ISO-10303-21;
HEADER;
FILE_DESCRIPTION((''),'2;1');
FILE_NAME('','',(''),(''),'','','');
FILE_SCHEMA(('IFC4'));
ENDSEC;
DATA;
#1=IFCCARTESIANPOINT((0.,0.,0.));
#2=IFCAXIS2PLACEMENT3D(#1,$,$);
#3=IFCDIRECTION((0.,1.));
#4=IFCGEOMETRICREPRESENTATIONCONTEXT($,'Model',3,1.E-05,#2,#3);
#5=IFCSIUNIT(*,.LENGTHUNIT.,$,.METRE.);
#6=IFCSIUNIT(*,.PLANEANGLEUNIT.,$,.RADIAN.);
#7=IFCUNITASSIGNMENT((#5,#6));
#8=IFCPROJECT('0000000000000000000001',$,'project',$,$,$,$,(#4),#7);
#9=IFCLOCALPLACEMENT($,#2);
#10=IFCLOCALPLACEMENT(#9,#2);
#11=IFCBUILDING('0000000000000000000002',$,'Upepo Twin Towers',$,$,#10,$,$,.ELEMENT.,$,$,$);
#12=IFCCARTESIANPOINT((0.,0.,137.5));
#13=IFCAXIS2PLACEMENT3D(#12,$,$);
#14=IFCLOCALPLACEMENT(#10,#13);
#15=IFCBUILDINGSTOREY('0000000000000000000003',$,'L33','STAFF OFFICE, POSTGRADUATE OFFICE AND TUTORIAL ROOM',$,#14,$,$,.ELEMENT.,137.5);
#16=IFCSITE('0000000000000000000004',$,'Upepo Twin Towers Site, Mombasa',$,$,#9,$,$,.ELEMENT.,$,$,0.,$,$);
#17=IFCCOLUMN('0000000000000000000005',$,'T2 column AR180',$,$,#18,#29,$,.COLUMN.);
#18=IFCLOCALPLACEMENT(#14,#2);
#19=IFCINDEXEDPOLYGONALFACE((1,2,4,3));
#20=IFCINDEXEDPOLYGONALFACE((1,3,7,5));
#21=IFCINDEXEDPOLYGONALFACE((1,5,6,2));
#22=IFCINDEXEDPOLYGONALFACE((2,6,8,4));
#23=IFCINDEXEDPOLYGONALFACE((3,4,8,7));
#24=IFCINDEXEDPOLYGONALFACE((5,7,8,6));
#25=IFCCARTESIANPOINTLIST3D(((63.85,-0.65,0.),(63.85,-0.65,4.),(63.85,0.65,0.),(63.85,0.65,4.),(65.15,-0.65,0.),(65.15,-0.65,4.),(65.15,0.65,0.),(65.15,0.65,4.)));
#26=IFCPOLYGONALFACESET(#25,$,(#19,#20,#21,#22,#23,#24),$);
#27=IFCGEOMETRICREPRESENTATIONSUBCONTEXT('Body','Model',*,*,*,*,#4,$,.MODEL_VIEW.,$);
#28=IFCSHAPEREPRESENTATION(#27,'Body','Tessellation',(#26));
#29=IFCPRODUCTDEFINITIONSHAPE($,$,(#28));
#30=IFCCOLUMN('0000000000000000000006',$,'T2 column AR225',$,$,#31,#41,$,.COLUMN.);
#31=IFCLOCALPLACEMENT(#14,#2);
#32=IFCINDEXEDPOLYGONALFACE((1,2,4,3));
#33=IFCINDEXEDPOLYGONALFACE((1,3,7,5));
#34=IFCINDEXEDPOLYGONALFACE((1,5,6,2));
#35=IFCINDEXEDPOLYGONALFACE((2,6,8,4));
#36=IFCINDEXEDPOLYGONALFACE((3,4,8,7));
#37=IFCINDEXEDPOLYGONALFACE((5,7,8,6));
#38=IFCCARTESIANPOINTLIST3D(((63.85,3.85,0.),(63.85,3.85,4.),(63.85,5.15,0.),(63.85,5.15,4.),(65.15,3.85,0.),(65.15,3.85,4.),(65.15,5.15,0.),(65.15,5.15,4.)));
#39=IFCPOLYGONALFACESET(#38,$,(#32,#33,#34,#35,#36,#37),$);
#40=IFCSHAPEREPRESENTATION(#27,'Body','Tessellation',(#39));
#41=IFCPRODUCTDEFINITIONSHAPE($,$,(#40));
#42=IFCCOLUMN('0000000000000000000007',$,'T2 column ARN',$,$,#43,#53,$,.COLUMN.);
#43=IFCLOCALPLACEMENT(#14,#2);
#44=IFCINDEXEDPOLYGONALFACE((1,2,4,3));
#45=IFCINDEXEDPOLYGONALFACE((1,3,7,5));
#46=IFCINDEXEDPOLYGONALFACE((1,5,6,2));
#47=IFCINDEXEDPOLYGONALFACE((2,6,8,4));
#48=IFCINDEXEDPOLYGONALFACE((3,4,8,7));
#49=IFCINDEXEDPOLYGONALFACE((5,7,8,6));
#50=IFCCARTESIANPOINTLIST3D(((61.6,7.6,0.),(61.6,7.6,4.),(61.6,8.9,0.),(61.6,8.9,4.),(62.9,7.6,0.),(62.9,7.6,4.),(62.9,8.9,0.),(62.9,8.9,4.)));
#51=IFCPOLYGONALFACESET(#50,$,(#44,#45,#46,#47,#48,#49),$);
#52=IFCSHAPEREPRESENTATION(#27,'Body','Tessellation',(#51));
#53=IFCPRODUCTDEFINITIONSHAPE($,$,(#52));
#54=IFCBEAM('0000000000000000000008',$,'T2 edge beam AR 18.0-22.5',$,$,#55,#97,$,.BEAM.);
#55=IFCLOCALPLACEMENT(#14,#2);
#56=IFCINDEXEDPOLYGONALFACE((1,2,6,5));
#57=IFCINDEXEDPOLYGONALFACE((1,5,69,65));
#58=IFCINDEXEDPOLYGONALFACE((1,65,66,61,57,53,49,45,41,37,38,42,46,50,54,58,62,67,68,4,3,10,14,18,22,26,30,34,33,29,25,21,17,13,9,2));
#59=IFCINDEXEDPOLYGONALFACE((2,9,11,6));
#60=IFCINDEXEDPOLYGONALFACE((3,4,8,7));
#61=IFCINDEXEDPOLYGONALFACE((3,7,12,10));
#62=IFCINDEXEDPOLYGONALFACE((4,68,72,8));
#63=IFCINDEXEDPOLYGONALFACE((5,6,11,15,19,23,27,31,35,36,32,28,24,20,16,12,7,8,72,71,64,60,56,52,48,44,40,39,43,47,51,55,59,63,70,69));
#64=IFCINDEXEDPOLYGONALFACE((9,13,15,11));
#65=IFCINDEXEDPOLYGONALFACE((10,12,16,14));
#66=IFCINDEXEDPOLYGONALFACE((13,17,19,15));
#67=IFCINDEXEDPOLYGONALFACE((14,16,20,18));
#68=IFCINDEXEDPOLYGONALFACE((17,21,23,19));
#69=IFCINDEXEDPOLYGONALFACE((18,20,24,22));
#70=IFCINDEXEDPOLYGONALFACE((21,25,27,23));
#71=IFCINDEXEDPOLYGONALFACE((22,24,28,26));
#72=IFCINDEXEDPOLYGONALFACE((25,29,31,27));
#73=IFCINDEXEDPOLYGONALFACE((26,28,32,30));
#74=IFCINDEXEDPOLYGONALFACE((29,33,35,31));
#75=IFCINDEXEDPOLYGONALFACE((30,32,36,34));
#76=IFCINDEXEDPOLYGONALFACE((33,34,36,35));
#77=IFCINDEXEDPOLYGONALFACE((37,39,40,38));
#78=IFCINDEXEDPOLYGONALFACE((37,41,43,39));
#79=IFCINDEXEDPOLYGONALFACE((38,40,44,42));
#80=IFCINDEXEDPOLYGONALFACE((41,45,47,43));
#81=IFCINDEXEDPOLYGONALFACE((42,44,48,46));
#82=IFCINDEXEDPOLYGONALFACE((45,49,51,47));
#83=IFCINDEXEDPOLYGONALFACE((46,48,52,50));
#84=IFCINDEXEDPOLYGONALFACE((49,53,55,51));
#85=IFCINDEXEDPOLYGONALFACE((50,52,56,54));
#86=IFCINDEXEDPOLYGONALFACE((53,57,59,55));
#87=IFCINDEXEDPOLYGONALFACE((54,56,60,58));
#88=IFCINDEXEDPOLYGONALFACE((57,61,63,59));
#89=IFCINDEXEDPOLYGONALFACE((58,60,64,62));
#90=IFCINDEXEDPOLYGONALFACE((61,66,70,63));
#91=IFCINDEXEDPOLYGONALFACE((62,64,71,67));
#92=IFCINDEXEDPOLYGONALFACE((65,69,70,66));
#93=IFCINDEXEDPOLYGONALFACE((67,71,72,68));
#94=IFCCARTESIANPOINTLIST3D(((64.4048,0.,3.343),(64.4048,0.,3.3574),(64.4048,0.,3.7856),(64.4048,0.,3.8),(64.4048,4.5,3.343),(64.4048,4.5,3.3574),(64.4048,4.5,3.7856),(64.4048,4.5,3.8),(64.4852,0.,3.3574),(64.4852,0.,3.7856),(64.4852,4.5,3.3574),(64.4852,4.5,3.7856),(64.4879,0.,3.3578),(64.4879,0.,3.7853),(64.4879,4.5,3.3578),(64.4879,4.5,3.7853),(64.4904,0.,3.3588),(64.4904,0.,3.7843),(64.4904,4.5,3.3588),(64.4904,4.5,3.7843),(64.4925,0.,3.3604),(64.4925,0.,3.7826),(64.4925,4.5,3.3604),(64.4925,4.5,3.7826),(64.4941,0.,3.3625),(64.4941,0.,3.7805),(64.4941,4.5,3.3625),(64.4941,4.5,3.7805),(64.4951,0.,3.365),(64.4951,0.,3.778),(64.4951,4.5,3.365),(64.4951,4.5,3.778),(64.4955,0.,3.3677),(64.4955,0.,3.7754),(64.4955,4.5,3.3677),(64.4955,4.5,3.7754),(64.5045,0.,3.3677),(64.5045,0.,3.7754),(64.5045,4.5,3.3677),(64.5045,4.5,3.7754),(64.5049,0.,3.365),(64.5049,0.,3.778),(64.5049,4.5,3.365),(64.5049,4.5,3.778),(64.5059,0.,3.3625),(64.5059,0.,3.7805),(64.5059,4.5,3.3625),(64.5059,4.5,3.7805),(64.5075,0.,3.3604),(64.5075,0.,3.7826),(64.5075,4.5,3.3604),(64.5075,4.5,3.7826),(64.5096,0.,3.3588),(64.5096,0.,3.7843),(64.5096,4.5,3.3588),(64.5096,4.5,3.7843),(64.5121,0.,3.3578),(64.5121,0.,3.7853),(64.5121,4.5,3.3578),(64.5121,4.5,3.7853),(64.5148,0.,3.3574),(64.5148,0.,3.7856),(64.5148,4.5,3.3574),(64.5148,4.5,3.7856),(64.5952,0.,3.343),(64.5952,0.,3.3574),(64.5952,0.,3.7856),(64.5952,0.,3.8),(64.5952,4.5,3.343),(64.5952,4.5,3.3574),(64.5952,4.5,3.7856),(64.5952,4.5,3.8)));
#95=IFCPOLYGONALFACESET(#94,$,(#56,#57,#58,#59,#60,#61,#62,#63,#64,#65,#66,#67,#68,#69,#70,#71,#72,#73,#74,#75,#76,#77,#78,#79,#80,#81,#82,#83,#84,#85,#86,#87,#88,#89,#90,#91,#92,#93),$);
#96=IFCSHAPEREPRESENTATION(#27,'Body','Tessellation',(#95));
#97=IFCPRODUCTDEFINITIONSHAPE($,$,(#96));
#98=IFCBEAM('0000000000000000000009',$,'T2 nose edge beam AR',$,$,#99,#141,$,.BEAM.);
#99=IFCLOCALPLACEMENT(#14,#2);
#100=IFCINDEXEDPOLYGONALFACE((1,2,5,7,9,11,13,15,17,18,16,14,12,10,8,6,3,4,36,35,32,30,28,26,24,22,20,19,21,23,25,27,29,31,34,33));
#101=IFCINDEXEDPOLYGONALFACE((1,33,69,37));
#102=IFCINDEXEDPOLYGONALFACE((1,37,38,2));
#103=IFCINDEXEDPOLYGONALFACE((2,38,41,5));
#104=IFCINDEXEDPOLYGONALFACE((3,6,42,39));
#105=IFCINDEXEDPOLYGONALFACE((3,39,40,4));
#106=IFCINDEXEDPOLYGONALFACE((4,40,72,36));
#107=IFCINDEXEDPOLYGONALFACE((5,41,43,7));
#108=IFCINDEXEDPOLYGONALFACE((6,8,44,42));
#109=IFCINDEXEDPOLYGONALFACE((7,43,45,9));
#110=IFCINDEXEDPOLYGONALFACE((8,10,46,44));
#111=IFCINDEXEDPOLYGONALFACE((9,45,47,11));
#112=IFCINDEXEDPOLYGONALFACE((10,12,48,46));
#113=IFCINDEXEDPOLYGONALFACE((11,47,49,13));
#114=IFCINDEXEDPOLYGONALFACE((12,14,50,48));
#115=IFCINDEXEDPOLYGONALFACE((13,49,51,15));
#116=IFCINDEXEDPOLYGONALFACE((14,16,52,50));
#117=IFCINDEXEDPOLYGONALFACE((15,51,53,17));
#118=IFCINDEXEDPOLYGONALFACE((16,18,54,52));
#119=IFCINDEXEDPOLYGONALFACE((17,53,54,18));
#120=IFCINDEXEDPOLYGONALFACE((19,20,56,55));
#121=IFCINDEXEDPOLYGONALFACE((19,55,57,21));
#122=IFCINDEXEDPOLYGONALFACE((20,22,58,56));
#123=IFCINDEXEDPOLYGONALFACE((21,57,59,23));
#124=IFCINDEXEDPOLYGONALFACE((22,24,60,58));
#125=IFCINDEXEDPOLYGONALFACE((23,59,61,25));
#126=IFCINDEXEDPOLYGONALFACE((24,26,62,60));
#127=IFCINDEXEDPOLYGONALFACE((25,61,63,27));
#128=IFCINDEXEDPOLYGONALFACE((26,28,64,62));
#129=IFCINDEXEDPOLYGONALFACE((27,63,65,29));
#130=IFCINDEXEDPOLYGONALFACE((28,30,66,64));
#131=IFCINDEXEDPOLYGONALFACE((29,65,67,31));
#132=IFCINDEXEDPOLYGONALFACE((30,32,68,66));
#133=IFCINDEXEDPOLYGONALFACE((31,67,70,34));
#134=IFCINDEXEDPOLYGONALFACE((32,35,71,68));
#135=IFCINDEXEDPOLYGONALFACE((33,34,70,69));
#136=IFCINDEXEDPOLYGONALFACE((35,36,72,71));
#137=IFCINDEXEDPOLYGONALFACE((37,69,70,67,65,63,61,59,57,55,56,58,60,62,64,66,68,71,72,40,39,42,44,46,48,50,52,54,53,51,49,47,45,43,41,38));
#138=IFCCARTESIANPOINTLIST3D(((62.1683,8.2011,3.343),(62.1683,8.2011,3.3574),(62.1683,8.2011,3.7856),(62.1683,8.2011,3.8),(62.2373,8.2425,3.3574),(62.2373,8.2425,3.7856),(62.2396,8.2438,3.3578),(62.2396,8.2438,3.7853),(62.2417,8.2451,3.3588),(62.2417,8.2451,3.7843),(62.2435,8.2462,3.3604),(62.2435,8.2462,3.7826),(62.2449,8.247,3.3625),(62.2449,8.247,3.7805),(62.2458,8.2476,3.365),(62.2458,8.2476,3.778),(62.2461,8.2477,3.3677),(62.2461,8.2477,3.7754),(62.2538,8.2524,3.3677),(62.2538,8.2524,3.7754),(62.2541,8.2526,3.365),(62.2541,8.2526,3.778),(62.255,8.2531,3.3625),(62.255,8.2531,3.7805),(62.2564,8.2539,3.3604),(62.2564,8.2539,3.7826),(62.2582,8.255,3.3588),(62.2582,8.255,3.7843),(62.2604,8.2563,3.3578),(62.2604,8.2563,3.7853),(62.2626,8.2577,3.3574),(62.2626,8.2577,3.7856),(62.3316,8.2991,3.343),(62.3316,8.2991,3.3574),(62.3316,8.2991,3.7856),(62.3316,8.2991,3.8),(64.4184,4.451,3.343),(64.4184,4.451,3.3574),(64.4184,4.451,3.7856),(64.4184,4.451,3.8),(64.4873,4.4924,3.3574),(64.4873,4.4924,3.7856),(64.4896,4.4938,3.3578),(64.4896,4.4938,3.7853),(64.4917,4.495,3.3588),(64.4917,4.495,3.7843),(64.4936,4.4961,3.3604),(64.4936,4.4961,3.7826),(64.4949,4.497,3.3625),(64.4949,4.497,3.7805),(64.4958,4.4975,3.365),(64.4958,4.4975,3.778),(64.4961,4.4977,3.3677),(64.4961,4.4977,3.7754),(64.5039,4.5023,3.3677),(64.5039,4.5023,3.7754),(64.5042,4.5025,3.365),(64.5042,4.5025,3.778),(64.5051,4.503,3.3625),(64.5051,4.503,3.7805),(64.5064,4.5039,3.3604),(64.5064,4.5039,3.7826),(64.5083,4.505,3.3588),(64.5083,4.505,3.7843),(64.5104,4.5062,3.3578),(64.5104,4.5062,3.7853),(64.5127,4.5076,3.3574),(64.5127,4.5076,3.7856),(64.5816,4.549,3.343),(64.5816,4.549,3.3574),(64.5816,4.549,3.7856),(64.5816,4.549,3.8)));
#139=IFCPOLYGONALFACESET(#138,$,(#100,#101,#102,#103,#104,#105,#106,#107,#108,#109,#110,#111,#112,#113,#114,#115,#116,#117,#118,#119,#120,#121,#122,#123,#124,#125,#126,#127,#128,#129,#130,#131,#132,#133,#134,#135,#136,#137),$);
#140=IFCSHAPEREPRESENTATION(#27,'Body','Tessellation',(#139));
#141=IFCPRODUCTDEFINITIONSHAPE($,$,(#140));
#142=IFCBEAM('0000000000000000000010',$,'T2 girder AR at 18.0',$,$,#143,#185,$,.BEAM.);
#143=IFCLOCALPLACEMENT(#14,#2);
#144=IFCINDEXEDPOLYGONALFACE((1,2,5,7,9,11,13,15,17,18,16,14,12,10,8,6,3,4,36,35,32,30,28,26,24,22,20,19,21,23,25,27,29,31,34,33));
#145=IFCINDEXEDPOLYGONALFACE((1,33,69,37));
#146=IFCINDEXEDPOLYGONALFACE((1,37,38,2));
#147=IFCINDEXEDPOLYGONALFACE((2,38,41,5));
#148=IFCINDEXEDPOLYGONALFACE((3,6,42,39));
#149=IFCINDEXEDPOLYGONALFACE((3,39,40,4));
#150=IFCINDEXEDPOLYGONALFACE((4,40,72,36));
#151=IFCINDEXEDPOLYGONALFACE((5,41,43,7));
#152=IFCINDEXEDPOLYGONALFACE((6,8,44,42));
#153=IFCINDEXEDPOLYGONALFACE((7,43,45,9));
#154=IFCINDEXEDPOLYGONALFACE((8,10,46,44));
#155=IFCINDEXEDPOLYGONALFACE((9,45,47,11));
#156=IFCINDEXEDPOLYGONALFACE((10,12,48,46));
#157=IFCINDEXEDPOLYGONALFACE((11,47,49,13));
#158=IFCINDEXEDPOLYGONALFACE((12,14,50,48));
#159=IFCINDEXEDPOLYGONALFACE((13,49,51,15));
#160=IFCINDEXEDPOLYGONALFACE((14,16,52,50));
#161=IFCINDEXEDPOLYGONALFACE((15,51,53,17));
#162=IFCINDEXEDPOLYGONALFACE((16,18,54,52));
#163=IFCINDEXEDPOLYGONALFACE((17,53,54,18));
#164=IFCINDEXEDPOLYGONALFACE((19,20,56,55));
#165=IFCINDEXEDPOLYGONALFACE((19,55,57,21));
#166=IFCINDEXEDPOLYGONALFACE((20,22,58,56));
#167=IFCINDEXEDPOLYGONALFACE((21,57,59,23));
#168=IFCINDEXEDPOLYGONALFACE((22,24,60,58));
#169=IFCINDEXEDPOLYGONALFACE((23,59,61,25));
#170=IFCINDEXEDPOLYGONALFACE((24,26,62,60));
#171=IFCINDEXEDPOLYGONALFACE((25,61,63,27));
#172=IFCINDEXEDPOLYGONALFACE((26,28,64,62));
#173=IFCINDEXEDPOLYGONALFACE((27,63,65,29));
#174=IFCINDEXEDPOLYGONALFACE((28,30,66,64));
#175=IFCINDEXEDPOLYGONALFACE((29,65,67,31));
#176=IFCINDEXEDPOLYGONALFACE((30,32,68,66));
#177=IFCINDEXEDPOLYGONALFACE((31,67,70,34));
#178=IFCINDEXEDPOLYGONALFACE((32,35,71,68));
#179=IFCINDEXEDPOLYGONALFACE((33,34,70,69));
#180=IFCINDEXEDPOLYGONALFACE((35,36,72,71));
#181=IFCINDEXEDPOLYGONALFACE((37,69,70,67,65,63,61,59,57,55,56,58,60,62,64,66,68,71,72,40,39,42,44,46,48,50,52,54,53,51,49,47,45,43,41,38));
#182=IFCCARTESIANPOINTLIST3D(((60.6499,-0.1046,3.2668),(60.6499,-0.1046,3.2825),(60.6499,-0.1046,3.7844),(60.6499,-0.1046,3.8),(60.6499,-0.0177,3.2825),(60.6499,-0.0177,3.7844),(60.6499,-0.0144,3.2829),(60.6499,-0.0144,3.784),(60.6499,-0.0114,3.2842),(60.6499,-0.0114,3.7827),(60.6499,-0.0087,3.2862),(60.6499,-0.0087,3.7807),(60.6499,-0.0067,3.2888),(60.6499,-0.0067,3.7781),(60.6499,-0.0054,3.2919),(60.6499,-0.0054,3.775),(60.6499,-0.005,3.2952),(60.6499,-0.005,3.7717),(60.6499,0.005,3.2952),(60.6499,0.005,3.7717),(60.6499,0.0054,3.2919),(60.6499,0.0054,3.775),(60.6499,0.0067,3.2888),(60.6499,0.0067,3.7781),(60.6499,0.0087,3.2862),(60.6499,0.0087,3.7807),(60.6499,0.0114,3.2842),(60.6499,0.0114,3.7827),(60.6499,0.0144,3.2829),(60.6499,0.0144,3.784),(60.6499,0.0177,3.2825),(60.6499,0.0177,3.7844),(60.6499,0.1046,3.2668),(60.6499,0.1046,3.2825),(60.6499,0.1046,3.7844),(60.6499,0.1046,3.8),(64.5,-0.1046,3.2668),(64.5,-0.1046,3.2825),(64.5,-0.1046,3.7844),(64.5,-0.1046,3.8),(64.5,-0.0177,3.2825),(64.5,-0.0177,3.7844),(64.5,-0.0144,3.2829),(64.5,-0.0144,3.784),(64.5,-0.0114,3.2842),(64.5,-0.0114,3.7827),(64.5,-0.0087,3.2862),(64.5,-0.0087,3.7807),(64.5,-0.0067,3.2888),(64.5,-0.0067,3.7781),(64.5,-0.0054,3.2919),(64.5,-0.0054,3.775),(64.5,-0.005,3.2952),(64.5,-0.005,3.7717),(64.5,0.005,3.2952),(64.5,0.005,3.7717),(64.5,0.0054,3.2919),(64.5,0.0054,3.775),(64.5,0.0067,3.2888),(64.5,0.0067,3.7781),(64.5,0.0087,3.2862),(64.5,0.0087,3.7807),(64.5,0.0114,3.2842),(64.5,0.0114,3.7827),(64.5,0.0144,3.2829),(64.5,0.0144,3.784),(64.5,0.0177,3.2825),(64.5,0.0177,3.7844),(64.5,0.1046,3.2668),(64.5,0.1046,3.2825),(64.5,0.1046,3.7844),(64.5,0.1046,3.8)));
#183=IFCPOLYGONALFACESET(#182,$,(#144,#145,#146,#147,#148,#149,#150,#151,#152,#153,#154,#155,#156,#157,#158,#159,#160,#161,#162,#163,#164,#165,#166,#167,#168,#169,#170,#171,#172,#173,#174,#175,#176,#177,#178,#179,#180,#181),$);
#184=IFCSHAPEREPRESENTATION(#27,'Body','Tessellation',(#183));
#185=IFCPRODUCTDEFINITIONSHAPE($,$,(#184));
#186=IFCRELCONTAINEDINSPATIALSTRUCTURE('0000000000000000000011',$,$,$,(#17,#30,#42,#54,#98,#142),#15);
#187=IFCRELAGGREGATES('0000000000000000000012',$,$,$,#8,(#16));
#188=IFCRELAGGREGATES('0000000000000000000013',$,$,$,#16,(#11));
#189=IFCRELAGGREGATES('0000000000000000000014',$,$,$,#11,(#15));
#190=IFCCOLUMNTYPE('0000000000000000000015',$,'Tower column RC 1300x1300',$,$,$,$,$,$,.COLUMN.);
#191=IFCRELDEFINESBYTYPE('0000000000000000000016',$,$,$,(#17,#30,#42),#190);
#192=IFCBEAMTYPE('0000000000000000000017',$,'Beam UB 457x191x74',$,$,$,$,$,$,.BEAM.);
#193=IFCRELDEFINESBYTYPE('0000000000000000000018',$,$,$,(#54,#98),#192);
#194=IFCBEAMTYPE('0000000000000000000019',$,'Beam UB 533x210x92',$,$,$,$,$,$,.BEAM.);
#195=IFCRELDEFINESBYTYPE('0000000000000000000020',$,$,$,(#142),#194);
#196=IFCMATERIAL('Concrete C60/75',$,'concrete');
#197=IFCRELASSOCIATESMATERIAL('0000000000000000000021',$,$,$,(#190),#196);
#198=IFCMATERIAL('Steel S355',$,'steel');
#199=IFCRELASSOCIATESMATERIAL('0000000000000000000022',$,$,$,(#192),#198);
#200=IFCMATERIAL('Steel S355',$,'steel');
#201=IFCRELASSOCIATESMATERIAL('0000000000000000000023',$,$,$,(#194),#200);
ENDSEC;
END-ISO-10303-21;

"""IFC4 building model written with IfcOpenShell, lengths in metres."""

from ifc_helpers import new_model, si_unit, direction, frame, origin, origin_2d, place, context, subcontext, project, spatial, rectangle, i_section, extrude, material, material_profile, profile_set, type_object, element, save


model = new_model("IFC4")

# Units and contexts
model_context = context("Model", 3, precision=1e-05, world=origin(), true_north=direction((0.0, 1.0)))
body_context = subcontext(model_context, "Body", "Model", "MODEL_VIEW")
ifc_project = project(units=[si_unit("LENGTHUNIT", "METRE"), si_unit("PLANEANGLEUNIT", "RADIAN")], contexts=[model_context])

# Site, building, storey
site_placement = place(None, origin())
site = spatial("IfcSite", under=ifc_project, at=site_placement, Name="Upepo Twin Towers Site, Mombasa", CompositionType="ELEMENT", RefElevation=0.0)
building_placement = place(site_placement, origin())
building = spatial("IfcBuilding", under=site, at=building_placement, Name="Upepo Twin Towers", CompositionType="ELEMENT")
storey_placement = place(building_placement, frame((0.0, 0.0, 137.5)))
storey = spatial("IfcBuildingStorey", under=building, at=storey_placement, Name="L33", Description="STAFF OFFICE, POSTGRADUATE OFFICE AND TUTORIAL ROOM", CompositionType="ELEMENT", Elevation=137.5)

# Columns
ifc_material_1 = material(Name="Concrete C60/75", Category="concrete")
ifc_material_profile_1 = material_profile(ifc_material_1, rectangle(XDim=1.3, YDim=1.3, at=origin_2d()), Name="RC 1300x1300")
ifc_profile_set_1 = profile_set([ifc_material_profile_1], Name="Concrete C60/75")
column_type = type_object("IfcColumnType", Name="Tower column RC 1300x1300", PredefinedType="COLUMN", material=ifc_profile_set_1)
for number, where, z_axis, x_axis, name in (
    (1, (64.5, 0.0, 0.0), (0.0, 0.0, 1.0), (1.0, 0.0, 0.0), "T2 column AR180"),
    (2, (64.5, 4.5, 0.0), (0.0, 0.0, 1.0), (1.0, 0.0, 0.0), "T2 column AR225"),
    (3, (62.25, 8.25, 0.0), (0.0, 0.0, 1.0), (1.0, 0.0, 0.0), "T2 column ARN"),
):
    element("IfcColumn", number, at=place(storey_placement, frame(where, z_axis=z_axis, x_axis=x_axis)), inside=storey, type_object=column_type, Name=name, PredefinedType="COLUMN", context=body_context, shape_type="SweptSolid", body=[
        extrude(rectangle(XDim=1.3, YDim=1.3, at=origin_2d()), origin(), (0.0, 0.0, 1.0), 4.0),
    ])

# Beams
ifc_material_2 = material(Name="Steel S355", Category="steel")
ifc_material_profile_2 = material_profile(ifc_material_2, i_section(OverallWidth=0.1904, OverallDepth=0.457, WebThickness=0.009, FlangeThickness=0.0144, FilletRadius=0.0103, at=origin_2d()), Name="UB 457x191x74")
ifc_profile_set_2 = profile_set([ifc_material_profile_2], Name="Steel S355")
beam_type_1 = type_object("IfcBeamType", Name="Beam UB 457x191x74", PredefinedType="BEAM", material=ifc_profile_set_2)
beam_1_placement = place(storey_placement, frame((64.5, 0.0, 3.5715), z_axis=(0.0, 1.0, 0.0), x_axis=(-1.0, 0.0, 0.0)))
element("IfcBeam", 4, at=beam_1_placement, inside=storey, type_object=beam_type_1, Name="T2 edge beam AR 18.0-22.5", PredefinedType="BEAM", context=body_context, shape_type="SweptSolid", body=[
    extrude(i_section(OverallWidth=0.1904, OverallDepth=0.457, WebThickness=0.009, FlangeThickness=0.0144, FilletRadius=0.0103, at=origin_2d()), origin(), (0.0, 0.0, 1.0), 4.5),
])
beam_2_placement = place(storey_placement, frame((64.5, 4.5, 3.5715), z_axis=(-0.514496, 0.857493, 0.0), x_axis=(-0.857493, -0.514496, 0.0)))
element("IfcBeam", 5, at=beam_2_placement, inside=storey, type_object=beam_type_1, Name="T2 nose edge beam AR", PredefinedType="BEAM", context=body_context, shape_type="SweptSolid", body=[
    extrude(i_section(OverallWidth=0.1904, OverallDepth=0.457, WebThickness=0.009, FlangeThickness=0.0144, FilletRadius=0.0103, at=origin_2d()), origin(), (0.0, 0.0, 1.0), 4.3733),
])
ifc_material_3 = material(Name="Steel S355", Category="steel")
ifc_material_profile_3 = material_profile(ifc_material_3, i_section(OverallWidth=0.2092, OverallDepth=0.5332, WebThickness=0.01, FlangeThickness=0.0156, FilletRadius=0.0127, at=origin_2d()), Name="UB 533x210x92")
ifc_profile_set_3 = profile_set([ifc_material_profile_3], Name="Steel S355")
beam_type_2 = type_object("IfcBeamType", Name="Beam UB 533x210x92", PredefinedType="BEAM", material=ifc_profile_set_3)
for number, where, z_axis, x_axis, name in (
    (6, (64.5, 0.0, 3.5334), (-1.0, 0.0, 0.0), (0.0, -1.0, 0.0), "T2 girder AR at 18.0"),
):
    element("IfcBeam", number, at=place(storey_placement, frame(where, z_axis=z_axis, x_axis=x_axis)), inside=storey, type_object=beam_type_2, Name=name, PredefinedType="BEAM", context=body_context, shape_type="SweptSolid", body=[
        extrude(i_section(OverallWidth=0.2092, OverallDepth=0.5332, WebThickness=0.01, FlangeThickness=0.0156, FilletRadius=0.0127, at=origin_2d()), origin(), (0.0, 0.0, 1.0), 3.8501),
    ])

save(model, "model.ifc")
